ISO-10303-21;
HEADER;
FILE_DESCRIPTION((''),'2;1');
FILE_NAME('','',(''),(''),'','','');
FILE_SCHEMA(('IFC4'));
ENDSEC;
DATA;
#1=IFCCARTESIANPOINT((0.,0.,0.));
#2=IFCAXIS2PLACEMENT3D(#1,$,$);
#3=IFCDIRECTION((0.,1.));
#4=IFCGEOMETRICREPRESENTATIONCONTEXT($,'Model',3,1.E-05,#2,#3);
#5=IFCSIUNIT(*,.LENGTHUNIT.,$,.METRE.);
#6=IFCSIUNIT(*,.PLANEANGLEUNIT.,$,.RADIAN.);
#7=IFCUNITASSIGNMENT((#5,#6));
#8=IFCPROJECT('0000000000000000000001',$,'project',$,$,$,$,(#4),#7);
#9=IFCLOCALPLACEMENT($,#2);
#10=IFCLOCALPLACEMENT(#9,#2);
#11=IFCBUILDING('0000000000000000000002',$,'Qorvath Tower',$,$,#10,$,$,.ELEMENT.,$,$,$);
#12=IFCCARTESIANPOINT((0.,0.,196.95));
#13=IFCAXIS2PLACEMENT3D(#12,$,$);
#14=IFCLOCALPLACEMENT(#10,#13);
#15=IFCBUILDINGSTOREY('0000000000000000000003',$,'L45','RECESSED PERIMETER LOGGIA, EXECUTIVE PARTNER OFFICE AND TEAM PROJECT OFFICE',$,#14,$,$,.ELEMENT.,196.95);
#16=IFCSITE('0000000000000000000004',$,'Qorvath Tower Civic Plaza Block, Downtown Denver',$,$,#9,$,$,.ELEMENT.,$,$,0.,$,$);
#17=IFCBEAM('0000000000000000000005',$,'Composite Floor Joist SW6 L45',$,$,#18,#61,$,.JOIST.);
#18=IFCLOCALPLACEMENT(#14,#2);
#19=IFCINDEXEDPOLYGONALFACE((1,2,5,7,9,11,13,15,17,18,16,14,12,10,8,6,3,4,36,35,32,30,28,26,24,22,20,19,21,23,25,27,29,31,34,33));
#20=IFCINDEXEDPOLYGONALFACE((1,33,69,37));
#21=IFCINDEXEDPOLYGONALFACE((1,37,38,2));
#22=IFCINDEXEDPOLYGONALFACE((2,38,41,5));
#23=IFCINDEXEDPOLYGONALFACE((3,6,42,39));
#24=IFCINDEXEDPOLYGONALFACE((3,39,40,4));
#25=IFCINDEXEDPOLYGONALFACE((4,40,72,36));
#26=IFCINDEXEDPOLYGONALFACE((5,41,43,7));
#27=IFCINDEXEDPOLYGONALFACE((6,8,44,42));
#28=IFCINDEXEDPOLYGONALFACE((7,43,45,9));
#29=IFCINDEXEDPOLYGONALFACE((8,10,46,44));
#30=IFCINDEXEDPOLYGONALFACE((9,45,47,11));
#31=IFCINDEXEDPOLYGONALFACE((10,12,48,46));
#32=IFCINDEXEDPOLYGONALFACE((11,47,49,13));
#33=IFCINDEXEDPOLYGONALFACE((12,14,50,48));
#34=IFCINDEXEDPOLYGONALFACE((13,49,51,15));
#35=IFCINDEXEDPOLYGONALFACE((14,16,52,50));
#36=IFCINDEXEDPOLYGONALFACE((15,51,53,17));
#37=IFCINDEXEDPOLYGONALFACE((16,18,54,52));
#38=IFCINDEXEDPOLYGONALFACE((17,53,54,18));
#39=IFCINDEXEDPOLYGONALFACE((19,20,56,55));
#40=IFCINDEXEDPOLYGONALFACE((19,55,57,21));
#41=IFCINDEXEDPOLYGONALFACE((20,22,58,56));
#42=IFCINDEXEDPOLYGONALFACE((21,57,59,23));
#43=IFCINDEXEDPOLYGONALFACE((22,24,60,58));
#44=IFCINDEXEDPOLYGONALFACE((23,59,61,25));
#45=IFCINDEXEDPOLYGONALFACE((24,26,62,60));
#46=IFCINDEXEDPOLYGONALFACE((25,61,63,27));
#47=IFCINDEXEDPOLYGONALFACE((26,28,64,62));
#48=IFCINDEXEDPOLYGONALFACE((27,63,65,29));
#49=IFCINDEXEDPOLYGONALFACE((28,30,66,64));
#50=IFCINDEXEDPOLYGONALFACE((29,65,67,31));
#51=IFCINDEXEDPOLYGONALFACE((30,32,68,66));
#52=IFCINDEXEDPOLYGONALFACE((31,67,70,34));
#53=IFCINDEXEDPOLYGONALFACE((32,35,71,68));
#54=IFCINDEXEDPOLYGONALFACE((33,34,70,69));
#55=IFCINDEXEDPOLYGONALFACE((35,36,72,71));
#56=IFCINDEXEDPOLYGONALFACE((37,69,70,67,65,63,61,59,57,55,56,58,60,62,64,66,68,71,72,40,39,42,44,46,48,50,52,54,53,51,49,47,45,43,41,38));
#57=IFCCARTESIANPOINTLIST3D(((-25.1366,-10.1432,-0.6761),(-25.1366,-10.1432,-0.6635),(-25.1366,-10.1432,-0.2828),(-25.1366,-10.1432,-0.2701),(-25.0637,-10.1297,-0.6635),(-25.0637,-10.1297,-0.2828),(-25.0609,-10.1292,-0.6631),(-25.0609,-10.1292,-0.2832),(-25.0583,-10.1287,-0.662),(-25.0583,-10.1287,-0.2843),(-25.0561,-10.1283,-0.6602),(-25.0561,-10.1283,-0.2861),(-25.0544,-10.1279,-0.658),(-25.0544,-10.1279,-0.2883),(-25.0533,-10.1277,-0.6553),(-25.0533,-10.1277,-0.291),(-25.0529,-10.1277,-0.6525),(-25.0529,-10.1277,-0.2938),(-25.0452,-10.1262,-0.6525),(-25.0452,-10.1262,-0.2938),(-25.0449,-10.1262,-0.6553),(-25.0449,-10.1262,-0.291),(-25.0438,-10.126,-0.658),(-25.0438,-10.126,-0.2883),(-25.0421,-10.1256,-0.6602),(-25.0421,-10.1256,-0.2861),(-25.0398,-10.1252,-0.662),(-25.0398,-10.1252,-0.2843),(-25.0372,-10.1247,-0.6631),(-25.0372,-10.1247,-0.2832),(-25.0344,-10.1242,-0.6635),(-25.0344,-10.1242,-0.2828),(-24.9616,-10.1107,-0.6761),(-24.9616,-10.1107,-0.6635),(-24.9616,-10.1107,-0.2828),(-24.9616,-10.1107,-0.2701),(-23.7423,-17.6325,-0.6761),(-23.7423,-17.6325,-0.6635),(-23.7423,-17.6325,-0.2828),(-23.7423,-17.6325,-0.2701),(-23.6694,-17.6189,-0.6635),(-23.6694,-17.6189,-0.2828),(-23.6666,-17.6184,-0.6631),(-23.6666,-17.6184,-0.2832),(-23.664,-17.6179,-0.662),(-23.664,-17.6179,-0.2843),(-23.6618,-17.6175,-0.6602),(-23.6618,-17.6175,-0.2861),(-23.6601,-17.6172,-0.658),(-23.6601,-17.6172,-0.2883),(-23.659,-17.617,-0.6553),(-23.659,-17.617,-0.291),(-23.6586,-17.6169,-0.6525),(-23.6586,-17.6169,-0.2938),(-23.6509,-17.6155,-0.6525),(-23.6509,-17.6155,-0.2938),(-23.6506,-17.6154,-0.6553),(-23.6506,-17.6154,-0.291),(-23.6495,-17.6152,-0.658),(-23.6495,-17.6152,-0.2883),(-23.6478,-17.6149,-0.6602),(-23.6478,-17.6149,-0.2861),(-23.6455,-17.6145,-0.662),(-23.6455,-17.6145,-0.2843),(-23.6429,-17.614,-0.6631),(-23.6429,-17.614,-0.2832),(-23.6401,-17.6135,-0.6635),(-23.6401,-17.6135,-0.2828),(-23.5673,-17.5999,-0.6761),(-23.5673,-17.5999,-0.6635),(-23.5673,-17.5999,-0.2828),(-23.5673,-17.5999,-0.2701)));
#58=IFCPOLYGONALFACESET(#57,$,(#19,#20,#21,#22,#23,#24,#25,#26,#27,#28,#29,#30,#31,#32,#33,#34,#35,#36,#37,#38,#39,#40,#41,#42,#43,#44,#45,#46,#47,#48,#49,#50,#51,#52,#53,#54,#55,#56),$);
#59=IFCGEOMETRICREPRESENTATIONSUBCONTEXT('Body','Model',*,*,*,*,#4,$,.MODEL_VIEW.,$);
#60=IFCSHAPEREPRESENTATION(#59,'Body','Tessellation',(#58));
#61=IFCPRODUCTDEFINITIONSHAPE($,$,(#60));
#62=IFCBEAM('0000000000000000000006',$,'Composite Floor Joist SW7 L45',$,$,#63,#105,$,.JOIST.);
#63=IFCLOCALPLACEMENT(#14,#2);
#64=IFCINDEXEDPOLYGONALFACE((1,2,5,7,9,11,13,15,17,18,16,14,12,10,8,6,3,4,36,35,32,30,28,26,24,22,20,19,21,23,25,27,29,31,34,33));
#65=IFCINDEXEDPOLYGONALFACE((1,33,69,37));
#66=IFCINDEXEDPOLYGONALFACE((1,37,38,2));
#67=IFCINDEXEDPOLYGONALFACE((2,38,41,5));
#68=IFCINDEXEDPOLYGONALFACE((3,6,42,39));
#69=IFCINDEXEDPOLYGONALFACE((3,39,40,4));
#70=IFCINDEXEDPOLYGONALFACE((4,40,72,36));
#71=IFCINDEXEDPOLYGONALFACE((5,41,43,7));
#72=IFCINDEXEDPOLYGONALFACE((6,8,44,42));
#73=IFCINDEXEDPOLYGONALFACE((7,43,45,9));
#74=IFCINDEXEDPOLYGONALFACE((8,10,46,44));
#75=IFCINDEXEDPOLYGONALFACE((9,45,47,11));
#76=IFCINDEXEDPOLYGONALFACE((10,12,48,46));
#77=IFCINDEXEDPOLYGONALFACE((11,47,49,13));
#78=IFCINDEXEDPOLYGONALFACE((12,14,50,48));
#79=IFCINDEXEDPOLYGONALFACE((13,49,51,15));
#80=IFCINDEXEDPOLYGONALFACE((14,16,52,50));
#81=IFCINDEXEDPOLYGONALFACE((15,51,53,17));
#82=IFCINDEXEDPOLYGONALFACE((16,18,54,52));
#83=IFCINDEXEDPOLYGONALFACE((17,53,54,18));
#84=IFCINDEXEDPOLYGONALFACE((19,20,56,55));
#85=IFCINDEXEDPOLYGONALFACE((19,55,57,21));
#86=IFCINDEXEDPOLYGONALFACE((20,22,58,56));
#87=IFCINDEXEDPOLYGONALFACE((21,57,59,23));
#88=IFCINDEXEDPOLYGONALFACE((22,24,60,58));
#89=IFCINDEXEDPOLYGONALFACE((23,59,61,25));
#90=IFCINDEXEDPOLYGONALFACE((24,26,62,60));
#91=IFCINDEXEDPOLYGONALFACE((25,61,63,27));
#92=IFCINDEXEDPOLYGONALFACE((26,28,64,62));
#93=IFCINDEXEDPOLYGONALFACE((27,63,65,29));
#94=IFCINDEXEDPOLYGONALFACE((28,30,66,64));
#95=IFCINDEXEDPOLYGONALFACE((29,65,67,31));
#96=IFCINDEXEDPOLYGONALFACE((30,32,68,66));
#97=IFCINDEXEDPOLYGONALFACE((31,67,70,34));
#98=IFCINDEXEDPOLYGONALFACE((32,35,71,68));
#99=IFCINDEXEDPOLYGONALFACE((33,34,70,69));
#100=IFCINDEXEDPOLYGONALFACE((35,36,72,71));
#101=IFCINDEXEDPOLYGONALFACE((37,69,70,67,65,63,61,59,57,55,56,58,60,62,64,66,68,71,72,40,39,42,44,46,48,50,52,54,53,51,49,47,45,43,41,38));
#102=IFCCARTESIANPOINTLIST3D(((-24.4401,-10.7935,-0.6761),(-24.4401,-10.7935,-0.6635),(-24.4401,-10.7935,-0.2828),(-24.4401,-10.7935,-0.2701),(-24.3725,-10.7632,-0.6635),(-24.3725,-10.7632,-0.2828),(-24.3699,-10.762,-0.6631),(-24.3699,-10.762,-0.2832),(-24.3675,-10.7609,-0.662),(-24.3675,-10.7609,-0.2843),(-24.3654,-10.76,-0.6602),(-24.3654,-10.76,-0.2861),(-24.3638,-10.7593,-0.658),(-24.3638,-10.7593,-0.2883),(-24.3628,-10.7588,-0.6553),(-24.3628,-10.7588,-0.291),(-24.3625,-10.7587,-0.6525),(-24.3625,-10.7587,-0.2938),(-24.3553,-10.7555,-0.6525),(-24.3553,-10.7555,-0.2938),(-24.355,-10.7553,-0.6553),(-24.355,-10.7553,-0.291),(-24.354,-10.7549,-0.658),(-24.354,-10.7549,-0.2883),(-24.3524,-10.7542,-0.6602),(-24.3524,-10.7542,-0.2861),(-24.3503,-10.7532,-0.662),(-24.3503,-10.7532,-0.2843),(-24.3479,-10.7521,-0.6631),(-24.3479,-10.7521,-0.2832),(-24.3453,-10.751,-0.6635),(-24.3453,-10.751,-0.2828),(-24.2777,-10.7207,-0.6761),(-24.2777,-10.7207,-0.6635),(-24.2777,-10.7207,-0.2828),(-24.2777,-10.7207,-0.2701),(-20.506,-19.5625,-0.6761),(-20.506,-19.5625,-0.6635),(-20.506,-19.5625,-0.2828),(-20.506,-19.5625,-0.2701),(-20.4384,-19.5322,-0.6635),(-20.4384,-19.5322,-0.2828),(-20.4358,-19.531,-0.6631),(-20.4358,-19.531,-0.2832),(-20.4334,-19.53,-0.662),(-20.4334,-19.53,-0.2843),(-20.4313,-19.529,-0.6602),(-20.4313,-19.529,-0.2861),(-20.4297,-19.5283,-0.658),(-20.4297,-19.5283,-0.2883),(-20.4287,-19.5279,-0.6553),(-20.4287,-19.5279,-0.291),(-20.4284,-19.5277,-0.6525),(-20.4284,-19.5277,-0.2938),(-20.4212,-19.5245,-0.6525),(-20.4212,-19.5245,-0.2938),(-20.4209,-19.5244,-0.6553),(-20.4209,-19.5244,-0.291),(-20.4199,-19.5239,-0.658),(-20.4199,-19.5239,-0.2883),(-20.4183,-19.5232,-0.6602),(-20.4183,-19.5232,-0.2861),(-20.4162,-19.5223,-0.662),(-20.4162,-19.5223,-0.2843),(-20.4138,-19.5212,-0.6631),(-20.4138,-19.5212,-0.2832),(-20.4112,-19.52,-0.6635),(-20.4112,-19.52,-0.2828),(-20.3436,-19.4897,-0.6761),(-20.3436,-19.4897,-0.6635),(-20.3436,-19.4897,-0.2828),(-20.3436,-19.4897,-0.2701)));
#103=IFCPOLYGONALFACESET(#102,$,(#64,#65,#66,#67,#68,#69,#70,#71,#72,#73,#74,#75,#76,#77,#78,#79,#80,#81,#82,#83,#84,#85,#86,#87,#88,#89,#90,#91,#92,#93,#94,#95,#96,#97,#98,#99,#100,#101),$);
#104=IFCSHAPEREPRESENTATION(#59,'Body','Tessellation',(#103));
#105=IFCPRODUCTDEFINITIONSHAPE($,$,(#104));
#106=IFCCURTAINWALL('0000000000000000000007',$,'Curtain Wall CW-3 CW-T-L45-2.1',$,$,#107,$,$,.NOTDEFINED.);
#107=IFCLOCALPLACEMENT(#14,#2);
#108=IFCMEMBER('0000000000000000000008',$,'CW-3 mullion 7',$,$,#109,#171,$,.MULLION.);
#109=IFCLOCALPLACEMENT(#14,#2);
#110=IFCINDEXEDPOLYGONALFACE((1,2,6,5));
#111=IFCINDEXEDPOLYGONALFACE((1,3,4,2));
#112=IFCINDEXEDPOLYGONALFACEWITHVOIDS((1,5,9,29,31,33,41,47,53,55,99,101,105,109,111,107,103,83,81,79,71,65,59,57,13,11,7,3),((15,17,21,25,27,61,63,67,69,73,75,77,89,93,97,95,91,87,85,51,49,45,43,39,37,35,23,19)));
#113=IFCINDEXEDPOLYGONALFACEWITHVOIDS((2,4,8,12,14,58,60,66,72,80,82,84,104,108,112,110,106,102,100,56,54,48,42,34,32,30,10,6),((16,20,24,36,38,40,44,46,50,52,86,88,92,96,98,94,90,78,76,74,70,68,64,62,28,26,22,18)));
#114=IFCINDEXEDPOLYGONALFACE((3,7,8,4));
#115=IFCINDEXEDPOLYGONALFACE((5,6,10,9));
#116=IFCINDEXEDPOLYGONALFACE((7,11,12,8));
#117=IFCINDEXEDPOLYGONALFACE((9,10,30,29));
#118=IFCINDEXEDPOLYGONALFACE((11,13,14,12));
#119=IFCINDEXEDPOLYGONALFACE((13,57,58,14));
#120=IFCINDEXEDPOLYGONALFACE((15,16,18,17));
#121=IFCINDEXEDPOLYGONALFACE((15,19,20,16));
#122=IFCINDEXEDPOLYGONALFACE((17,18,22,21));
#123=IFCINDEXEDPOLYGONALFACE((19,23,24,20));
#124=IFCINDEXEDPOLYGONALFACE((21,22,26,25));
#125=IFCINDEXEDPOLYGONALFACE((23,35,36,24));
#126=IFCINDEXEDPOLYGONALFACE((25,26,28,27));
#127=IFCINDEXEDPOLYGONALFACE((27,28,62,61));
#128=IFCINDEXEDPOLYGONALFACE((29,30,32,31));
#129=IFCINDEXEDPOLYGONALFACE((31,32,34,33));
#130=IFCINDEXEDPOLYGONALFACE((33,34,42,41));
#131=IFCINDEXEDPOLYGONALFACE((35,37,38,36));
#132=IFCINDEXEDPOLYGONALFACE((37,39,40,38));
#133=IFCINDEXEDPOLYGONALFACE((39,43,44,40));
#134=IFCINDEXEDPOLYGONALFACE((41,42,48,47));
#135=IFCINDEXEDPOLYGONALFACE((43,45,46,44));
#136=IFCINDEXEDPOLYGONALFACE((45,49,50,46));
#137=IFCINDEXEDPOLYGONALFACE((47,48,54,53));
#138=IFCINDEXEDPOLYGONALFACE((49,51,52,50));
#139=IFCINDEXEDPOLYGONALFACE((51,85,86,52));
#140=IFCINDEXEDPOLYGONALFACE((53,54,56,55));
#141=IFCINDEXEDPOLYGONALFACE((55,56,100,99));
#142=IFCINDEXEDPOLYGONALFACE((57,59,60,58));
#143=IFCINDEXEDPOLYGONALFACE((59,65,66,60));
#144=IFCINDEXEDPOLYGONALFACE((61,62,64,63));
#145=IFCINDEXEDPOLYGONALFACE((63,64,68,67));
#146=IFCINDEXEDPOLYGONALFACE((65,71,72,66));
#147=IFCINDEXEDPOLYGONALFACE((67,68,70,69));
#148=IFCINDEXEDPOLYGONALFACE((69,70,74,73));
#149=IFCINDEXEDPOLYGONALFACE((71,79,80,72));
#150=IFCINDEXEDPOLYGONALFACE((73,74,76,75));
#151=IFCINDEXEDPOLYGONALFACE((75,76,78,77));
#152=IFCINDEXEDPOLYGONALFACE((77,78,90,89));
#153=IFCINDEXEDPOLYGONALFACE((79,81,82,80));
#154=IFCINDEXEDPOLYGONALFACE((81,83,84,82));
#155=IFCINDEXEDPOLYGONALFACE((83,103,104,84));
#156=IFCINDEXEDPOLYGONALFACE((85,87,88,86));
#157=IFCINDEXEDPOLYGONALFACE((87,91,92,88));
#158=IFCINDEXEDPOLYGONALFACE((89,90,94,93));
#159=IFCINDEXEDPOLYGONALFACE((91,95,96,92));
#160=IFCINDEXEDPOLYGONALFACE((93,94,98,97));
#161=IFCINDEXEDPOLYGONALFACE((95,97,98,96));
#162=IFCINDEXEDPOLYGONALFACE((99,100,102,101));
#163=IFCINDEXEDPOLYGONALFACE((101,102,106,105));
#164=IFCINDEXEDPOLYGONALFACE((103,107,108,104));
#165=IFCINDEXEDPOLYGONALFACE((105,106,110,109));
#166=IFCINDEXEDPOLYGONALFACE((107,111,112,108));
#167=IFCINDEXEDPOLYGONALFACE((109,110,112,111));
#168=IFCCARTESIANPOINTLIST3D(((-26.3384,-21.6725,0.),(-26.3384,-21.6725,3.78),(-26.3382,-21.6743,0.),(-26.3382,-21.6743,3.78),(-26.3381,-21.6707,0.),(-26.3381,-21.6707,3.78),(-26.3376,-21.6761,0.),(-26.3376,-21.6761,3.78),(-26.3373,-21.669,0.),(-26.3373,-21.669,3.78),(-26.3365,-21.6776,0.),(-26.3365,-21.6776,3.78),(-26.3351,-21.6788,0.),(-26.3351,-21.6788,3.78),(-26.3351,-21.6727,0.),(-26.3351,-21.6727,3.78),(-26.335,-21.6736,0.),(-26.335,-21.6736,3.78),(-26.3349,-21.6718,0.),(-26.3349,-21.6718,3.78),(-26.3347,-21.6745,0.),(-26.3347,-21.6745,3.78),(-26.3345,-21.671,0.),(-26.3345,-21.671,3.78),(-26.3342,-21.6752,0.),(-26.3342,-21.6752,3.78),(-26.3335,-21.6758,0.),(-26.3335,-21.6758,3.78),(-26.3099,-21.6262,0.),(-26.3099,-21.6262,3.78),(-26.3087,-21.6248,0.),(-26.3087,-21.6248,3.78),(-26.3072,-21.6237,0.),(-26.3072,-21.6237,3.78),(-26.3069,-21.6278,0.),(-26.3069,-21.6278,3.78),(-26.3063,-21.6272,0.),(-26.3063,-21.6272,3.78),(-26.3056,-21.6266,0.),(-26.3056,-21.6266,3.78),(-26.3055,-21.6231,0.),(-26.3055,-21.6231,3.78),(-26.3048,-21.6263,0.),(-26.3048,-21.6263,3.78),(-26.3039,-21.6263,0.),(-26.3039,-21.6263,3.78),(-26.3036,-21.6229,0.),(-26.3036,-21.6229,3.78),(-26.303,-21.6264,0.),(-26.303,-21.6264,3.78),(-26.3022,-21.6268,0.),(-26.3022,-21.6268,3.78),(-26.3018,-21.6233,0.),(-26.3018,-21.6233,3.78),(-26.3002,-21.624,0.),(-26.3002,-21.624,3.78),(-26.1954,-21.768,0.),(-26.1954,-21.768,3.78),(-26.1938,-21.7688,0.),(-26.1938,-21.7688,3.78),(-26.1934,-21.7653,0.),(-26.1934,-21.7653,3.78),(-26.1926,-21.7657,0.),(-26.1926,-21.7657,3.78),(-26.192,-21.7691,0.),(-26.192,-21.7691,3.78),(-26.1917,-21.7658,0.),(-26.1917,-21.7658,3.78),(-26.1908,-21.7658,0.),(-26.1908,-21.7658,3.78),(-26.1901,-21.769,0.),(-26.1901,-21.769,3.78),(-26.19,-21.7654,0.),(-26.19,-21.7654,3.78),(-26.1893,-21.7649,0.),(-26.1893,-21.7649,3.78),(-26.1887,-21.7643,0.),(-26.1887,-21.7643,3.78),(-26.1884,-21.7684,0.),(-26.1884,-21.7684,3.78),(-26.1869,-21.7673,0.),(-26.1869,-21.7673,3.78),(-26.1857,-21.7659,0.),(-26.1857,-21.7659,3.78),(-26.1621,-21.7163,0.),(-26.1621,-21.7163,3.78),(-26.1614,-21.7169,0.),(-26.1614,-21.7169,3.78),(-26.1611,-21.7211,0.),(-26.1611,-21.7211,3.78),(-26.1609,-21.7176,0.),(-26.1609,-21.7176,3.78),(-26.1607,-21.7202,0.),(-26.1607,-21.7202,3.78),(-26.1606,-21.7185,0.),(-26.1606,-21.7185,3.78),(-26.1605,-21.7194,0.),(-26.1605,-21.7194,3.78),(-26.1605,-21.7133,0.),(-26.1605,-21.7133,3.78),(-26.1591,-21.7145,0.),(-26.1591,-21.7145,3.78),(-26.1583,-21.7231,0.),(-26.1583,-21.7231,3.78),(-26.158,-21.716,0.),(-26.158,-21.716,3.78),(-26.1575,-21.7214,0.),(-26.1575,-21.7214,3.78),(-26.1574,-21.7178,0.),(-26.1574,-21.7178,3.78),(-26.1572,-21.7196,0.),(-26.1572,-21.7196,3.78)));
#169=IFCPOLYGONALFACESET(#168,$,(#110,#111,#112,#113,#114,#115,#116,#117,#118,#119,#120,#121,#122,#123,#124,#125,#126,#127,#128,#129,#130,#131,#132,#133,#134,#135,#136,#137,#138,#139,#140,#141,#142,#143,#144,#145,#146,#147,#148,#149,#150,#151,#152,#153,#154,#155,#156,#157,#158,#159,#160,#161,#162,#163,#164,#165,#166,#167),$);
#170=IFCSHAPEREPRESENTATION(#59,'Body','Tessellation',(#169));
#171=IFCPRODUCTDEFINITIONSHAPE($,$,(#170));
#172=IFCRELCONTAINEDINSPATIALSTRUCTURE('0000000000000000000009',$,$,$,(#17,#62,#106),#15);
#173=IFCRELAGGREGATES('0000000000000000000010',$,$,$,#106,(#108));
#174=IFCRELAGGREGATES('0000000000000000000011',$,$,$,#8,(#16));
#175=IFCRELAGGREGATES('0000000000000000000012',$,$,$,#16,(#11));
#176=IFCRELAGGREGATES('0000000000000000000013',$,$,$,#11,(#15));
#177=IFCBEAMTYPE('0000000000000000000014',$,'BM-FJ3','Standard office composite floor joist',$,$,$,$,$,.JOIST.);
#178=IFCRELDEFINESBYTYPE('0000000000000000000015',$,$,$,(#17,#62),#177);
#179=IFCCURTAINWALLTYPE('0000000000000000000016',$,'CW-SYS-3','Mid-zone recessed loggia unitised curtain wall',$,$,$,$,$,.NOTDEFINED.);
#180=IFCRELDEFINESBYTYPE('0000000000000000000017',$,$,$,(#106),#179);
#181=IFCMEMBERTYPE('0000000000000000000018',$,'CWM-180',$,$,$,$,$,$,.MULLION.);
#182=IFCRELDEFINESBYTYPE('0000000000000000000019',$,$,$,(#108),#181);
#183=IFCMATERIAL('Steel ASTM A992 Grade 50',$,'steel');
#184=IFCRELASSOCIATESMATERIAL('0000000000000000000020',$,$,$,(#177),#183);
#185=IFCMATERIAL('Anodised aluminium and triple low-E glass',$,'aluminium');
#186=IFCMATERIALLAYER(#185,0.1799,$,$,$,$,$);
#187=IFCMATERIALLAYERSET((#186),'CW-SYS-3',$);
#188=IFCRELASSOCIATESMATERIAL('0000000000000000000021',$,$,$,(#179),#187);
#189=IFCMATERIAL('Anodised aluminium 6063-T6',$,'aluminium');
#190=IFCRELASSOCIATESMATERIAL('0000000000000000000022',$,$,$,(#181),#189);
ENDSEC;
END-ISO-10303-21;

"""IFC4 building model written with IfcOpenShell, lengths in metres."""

from ifc_helpers import new_model, si_unit, direction, frame, origin, origin_2d, place, context, subcontext, project, spatial, hollow_rectangle, i_section, extrude, material, layer, layer_set, material_profile, profile_set, type_object, element, aggregate, save


model = new_model("IFC4")

# Units and contexts
model_context = context("Model", 3, precision=1e-05, world=origin(), true_north=direction((0.0, 1.0)))
body_context = subcontext(model_context, "Body", "Model", "MODEL_VIEW")
ifc_project = project(units=[si_unit("LENGTHUNIT", "METRE"), si_unit("PLANEANGLEUNIT", "RADIAN")], contexts=[model_context])

# Site, building, storey
site_placement = place(None, origin())
site = spatial("IfcSite", under=ifc_project, at=site_placement, Name="Qorvath Tower Civic Plaza Block, Downtown Denver", CompositionType="ELEMENT", RefElevation=0.0)
building_placement = place(site_placement, origin())
building = spatial("IfcBuilding", under=site, at=building_placement, Name="Qorvath Tower", CompositionType="ELEMENT")
storey_placement = place(building_placement, frame((0.0, 0.0, 196.95)))
storey = spatial("IfcBuildingStorey", under=building, at=storey_placement, Name="L45", Description="RECESSED PERIMETER LOGGIA, EXECUTIVE PARTNER OFFICE AND TEAM PROJECT OFFICE", CompositionType="ELEMENT", Elevation=196.95)

# Beams
ifc_material_1 = material(Name="Steel ASTM A992 Grade 50", Category="steel")
ifc_material_profile_1 = material_profile(ifc_material_1, i_section(OverallWidth=0.178, OverallDepth=0.406, WebThickness=0.0078, FlangeThickness=0.0127, FilletRadius=0.011, at=origin_2d()), Name="W16x40")
ifc_profile_set_1 = profile_set([ifc_material_profile_1], Name="Steel ASTM A992 Grade 50")
beam_type_1 = type_object("IfcBeamType", Name="BM-FJ3", Description="Standard office composite floor joist", PredefinedType="JOIST", material=ifc_profile_set_1)
beam_1_placement = place(storey_placement, frame((-25.0491, -10.127, -0.4731), z_axis=(0.183027, -0.983108, 0.0), x_axis=(0.983108, 0.183027, 0.0)))
element("IfcBeam", 1, at=beam_1_placement, inside=storey, type_object=beam_type_1, Name="Composite Floor Joist SW6 L45", PredefinedType="JOIST", context=body_context, shape_type="SweptSolid", body=[
    extrude(i_section(OverallWidth=0.178, OverallDepth=0.406, WebThickness=0.0078, FlangeThickness=0.0127, FilletRadius=0.011, at=origin_2d()), origin(), (0.0, 0.0, 1.0), 7.6179),
])
beam_2_placement = place(storey_placement, frame((-24.3589, -10.7571, -0.4731), z_axis=(0.409327, -0.912388, 0.0), x_axis=(0.912388, 0.409327, 0.0)))
element("IfcBeam", 2, at=beam_2_placement, inside=storey, type_object=beam_type_1, Name="Composite Floor Joist SW7 L45", PredefinedType="JOIST", context=body_context, shape_type="SweptSolid", body=[
    extrude(i_section(OverallWidth=0.178, OverallDepth=0.406, WebThickness=0.0078, FlangeThickness=0.0127, FilletRadius=0.011, at=origin_2d()), origin(), (0.0, 0.0, 1.0), 9.6111),
])

# Curtain wall, member
ifc_material_2 = material(Name="Anodised aluminium and triple low-E glass", Category="aluminium")
ifc_layer_1 = layer(ifc_material_2, 0.1799)
ifc_layer_set_1 = layer_set([ifc_layer_1], Name="CW-SYS-3")
curtain_wall_type = type_object("IfcCurtainWallType", Name="CW-SYS-3", Description="Mid-zone recessed loggia unitised curtain wall", PredefinedType="NOTDEFINED", material=ifc_layer_set_1)
curtain_wall_placement = place(storey_placement, origin())
curtain_wall = element("IfcCurtainWall", 3, at=curtain_wall_placement, inside=storey, type_object=curtain_wall_type, Name="Curtain Wall CW-3 CW-T-L45-2.1", PredefinedType="NOTDEFINED")
ifc_material_3 = material(Name="Anodised aluminium 6063-T6", Category="aluminium")
ifc_material_profile_2 = material_profile(ifc_material_3, hollow_rectangle(XDim=0.0649, YDim=0.1799, WallThickness=0.0034, InnerFilletRadius=0.0034, OuterFilletRadius=0.0071, at=origin_2d()), Name="CWM 180x65")
ifc_profile_set_2 = profile_set([ifc_material_profile_2], Name="Anodised aluminium 6063-T6")
member_type_1 = type_object("IfcMemberType", Name="CWM-180", PredefinedType="MULLION", material=ifc_profile_set_2)
member_1_placement = place(storey_placement, frame((-26.2478, -21.696, 0.0), z_axis=(0.0, 0.0, 1.0), x_axis=(0.538534, 0.842604, 0.0)))
member_1 = element("IfcMember", 4, at=member_1_placement, type_object=member_type_1, Name="CW-3 mullion 7", PredefinedType="MULLION", context=body_context, shape_type="SweptSolid", body=[
    extrude(hollow_rectangle(XDim=0.0649, YDim=0.1799, WallThickness=0.0034, InnerFilletRadius=0.0034, OuterFilletRadius=0.0071, at=origin_2d()), origin(), (0.0, 0.0, 1.0), 3.78),
])
aggregate(curtain_wall, [member_1])

save(model, "model.ifc")
